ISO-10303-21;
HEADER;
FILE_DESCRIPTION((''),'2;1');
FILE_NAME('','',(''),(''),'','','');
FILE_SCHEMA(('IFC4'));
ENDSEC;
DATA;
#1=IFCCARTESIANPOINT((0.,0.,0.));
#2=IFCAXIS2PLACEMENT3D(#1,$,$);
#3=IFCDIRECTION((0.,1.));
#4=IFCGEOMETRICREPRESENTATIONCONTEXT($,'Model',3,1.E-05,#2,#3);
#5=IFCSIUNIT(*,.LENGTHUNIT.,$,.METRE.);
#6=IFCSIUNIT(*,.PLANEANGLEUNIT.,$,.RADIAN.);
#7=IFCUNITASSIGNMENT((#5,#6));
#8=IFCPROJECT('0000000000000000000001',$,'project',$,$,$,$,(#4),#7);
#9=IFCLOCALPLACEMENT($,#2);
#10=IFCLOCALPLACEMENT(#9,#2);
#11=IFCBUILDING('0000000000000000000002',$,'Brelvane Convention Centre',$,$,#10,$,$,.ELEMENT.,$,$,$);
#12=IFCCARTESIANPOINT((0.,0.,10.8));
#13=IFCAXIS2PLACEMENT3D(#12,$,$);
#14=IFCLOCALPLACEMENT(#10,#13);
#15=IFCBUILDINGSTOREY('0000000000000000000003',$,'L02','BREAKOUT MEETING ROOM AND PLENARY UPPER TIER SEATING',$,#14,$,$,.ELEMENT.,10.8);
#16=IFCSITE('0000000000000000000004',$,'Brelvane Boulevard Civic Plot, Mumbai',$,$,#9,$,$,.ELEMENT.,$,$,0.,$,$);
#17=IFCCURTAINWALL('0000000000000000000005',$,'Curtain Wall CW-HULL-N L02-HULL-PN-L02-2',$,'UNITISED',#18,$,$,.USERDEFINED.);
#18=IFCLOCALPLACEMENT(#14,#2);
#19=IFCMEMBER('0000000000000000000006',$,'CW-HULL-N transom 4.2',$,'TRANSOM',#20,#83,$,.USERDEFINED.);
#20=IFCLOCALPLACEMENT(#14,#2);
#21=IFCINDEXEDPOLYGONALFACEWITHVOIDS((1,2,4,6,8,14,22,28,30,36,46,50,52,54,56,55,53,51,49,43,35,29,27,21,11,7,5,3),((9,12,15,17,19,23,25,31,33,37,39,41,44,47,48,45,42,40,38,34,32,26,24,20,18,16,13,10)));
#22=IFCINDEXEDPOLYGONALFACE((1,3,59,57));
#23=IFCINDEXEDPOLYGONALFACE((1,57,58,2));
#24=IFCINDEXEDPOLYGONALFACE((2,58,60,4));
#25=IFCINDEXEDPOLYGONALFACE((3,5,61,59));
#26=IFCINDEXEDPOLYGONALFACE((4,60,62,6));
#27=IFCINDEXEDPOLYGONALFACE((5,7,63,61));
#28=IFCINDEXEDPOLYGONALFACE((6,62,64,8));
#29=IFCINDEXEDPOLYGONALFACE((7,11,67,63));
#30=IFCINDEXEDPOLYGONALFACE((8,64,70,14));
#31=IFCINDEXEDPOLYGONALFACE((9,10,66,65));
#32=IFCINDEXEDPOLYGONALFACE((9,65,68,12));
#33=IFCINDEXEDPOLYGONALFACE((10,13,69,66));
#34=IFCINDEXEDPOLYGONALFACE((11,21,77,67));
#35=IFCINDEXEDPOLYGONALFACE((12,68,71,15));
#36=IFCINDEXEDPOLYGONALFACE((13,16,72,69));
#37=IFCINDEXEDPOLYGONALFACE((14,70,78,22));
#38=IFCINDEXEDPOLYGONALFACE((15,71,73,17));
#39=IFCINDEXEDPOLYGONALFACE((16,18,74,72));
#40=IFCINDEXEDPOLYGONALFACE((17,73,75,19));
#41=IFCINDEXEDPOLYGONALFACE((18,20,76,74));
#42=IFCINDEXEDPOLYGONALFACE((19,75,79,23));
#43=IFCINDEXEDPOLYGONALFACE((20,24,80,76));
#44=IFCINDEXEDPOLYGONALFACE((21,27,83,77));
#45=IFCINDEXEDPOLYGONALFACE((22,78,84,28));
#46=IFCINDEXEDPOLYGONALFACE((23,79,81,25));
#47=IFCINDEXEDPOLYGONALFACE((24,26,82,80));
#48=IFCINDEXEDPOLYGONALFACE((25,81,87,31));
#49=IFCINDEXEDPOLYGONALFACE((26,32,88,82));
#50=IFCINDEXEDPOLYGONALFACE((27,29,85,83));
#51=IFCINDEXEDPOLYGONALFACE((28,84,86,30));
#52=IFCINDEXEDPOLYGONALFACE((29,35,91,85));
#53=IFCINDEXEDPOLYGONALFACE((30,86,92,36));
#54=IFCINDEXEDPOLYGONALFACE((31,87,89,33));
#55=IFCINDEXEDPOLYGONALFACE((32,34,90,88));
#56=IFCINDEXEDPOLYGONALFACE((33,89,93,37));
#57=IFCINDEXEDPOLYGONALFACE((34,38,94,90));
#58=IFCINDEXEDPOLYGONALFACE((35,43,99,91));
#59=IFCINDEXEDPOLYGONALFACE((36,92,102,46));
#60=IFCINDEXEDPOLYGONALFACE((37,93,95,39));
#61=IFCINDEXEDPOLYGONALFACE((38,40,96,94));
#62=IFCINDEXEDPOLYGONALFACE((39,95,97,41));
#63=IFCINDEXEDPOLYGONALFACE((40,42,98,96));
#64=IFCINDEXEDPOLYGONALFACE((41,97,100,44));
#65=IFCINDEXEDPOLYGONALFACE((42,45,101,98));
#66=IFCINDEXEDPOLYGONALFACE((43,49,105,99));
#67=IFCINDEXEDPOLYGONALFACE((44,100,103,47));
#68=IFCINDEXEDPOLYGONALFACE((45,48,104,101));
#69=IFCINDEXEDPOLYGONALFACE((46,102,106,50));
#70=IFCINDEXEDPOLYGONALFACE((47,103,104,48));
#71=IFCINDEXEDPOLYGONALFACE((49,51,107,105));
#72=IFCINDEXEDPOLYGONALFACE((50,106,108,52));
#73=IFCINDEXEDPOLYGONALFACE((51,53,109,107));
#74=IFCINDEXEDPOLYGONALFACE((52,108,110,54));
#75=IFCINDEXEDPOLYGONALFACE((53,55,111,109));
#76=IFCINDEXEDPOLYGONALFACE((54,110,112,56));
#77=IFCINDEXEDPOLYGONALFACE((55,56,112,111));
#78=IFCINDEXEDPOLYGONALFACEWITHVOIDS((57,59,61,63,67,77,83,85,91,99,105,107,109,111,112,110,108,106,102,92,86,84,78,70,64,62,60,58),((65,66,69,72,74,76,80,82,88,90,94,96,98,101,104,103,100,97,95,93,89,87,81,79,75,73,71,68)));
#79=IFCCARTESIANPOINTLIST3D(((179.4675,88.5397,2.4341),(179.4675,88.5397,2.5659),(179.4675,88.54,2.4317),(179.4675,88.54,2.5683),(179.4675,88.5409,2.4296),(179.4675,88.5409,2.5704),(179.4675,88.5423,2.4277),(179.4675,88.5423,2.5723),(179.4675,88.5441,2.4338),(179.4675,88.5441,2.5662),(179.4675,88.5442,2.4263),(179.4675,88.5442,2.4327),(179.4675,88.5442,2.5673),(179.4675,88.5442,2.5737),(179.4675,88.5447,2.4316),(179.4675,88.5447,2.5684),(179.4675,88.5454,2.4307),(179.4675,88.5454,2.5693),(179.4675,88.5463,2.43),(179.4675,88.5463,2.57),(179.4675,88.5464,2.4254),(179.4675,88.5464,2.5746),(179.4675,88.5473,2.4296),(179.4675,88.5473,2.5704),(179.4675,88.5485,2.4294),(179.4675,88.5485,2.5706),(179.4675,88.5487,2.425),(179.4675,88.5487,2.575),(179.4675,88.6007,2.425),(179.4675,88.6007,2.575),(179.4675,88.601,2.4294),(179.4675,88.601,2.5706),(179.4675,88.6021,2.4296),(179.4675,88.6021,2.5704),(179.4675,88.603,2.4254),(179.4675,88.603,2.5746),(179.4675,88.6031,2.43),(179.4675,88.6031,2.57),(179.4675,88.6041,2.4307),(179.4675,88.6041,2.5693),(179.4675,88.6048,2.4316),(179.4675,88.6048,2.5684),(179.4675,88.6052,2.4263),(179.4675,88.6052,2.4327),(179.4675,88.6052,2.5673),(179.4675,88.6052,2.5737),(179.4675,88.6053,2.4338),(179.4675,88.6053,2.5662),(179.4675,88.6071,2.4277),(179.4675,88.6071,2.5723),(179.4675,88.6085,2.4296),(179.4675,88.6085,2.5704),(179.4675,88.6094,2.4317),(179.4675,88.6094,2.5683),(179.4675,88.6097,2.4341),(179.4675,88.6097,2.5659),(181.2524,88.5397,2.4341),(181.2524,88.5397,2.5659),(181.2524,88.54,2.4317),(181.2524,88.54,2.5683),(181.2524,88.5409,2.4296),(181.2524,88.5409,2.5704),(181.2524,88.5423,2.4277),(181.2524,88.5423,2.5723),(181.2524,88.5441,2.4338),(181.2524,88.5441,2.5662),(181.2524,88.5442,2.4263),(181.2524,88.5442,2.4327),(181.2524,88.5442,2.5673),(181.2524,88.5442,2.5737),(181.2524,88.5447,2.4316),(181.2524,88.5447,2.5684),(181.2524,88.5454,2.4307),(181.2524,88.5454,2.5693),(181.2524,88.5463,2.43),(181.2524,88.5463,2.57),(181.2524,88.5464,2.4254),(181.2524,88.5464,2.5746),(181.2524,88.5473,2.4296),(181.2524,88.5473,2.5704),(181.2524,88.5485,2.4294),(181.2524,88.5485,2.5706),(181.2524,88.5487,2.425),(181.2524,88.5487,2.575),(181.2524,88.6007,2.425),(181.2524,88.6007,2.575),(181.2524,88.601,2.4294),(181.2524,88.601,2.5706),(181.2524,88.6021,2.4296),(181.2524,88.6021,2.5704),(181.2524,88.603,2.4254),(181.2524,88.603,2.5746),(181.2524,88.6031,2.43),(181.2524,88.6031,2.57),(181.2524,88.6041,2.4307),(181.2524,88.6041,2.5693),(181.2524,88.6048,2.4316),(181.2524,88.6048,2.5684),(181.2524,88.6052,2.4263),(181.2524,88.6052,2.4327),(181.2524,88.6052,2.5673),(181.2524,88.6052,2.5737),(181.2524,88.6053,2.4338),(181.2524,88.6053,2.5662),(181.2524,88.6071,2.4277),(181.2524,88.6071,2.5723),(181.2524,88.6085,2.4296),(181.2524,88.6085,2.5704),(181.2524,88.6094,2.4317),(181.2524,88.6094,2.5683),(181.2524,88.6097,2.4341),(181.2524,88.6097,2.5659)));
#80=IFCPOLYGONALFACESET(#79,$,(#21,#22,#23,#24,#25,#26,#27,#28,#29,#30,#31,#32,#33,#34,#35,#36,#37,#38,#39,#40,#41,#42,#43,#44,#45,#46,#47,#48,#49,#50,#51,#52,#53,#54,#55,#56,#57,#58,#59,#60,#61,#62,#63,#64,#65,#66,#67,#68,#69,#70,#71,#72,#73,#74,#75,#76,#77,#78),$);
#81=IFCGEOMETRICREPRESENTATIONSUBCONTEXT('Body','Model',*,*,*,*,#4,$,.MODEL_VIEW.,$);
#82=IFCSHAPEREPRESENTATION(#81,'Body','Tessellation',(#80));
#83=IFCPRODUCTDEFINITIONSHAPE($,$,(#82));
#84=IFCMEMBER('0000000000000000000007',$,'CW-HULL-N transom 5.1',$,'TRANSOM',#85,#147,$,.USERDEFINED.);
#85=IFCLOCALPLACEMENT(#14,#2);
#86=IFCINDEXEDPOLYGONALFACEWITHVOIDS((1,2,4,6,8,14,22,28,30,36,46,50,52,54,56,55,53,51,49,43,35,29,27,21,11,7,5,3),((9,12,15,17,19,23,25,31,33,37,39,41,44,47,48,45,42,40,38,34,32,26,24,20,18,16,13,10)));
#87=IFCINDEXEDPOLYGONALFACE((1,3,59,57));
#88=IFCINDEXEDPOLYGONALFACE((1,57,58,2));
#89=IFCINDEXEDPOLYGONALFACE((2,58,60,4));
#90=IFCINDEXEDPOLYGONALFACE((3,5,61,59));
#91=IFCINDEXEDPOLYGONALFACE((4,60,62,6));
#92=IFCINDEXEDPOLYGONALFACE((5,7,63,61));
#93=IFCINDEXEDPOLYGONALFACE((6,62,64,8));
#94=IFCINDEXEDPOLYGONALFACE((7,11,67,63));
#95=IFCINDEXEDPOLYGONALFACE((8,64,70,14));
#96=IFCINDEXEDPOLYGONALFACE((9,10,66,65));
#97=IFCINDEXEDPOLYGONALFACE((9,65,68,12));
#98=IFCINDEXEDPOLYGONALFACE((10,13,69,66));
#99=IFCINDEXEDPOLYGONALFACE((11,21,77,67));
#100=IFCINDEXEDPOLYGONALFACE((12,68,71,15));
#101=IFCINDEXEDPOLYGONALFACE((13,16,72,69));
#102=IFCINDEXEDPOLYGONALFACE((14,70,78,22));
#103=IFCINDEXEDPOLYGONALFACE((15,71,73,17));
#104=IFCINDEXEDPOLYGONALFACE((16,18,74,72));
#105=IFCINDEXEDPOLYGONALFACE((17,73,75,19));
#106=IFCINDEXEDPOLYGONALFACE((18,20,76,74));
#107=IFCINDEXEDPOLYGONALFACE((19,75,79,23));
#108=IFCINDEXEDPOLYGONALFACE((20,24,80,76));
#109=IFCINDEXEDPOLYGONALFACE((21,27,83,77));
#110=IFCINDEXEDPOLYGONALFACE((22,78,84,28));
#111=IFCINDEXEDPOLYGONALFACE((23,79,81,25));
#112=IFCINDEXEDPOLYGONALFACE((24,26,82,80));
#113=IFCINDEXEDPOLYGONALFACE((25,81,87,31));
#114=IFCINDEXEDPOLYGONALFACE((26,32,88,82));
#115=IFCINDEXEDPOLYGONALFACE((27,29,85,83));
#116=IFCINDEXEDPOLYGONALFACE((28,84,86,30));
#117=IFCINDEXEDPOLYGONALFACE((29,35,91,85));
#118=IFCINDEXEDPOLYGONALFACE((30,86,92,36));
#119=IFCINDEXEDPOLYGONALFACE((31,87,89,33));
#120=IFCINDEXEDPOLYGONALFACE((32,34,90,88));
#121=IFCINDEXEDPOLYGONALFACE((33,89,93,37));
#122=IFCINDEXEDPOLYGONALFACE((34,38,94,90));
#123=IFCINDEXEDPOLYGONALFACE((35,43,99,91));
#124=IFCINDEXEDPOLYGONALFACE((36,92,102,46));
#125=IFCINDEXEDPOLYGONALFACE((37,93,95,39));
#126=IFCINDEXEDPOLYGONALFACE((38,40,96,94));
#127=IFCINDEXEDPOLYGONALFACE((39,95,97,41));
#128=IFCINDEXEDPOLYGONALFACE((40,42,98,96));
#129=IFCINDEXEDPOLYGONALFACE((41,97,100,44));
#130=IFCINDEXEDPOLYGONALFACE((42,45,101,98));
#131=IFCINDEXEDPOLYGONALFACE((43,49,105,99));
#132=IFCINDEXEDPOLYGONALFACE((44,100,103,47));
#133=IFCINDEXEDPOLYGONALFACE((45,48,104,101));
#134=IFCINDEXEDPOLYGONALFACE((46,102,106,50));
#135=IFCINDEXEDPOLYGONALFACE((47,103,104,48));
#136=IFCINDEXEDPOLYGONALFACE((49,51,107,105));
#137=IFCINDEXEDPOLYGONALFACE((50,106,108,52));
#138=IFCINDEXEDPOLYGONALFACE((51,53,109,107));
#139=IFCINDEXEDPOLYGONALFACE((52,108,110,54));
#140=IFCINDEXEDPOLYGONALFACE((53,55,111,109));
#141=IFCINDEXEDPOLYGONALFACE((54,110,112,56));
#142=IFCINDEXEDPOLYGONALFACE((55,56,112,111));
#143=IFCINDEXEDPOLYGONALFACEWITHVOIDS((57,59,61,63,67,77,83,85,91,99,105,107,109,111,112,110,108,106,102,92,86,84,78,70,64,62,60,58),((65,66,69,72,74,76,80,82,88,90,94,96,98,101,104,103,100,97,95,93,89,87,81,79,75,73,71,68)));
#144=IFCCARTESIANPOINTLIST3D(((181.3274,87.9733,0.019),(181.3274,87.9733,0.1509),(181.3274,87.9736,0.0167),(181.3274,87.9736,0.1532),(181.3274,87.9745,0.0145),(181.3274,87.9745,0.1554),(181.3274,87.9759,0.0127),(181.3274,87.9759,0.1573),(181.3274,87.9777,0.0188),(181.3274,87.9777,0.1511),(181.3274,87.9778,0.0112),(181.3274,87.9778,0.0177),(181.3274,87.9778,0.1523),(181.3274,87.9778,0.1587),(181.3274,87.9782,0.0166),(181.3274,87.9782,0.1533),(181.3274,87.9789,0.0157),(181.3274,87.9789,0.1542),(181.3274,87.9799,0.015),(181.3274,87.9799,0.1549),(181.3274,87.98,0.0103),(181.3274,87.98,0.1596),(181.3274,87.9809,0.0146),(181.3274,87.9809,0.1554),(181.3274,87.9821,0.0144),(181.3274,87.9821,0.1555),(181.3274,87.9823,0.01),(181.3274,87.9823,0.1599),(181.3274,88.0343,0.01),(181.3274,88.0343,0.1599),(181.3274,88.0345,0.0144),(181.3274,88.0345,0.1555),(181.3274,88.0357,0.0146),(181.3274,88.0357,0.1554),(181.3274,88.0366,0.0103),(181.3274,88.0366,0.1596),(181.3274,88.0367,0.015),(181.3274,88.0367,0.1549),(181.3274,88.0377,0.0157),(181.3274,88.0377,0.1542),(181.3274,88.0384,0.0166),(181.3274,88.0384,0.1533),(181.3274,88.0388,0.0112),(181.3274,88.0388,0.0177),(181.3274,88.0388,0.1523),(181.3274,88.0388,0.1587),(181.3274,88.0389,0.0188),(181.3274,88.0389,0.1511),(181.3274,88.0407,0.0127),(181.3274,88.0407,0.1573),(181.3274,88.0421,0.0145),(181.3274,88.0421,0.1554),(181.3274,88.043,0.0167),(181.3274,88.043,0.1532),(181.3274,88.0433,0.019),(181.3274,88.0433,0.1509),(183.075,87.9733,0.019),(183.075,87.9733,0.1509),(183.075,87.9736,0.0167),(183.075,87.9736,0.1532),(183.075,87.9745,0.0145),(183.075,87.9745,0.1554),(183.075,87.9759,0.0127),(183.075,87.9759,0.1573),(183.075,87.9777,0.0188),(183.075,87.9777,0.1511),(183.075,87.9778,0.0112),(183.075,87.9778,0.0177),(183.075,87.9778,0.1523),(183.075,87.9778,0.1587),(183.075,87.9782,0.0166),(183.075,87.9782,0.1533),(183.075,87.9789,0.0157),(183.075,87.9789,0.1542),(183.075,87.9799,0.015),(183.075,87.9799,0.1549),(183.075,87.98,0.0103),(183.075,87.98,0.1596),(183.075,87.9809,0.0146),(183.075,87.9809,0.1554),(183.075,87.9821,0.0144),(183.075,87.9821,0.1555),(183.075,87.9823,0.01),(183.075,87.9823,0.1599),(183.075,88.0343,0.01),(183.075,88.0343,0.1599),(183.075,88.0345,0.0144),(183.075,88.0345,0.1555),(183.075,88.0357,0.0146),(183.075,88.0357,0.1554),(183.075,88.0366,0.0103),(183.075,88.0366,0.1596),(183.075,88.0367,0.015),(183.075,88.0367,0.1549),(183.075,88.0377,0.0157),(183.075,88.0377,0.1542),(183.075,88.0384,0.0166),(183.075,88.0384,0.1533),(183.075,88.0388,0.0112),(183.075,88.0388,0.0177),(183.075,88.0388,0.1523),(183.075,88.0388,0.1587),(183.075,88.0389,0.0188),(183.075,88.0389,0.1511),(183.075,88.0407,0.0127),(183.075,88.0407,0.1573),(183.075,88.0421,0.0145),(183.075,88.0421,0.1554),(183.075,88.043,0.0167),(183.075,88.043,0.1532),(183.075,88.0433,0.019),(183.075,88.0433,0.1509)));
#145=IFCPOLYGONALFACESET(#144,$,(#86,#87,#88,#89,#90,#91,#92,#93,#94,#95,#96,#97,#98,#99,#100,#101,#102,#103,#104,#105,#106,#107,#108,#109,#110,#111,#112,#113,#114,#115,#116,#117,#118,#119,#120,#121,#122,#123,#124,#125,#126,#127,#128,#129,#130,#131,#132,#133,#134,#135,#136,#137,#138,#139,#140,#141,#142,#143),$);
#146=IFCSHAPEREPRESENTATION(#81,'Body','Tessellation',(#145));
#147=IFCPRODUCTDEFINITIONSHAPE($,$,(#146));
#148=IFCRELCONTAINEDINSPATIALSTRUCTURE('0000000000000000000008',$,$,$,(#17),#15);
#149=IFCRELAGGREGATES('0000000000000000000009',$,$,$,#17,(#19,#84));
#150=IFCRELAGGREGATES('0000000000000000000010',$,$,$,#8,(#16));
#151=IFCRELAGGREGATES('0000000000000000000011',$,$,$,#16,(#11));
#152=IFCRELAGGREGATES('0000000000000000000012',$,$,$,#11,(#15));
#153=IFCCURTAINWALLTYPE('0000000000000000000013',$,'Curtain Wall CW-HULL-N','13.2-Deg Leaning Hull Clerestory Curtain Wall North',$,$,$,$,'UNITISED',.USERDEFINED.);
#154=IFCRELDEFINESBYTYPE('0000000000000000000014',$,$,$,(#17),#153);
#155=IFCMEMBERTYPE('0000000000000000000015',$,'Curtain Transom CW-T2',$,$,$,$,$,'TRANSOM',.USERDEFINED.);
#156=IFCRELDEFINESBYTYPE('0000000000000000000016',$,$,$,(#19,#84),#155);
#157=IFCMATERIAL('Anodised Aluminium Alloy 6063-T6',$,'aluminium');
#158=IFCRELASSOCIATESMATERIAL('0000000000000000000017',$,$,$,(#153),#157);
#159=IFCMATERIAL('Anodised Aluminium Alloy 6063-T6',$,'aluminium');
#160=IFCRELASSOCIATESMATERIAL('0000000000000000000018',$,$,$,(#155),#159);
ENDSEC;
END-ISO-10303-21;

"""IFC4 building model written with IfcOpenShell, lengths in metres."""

from ifc_helpers import new_model, si_unit, direction, frame, origin, origin_2d, place, context, subcontext, project, spatial, hollow_rectangle, extrude, material, material_profile, profile_set, type_object, element, aggregate, save


model = new_model("IFC4")

# Units and contexts
model_context = context("Model", 3, precision=1e-05, world=origin(), true_north=direction((0.0, 1.0)))
body_context = subcontext(model_context, "Body", "Model", "MODEL_VIEW")
ifc_project = project(units=[si_unit("LENGTHUNIT", "METRE"), si_unit("PLANEANGLEUNIT", "RADIAN")], contexts=[model_context])

# Site, building, storey
site_placement = place(None, origin())
site = spatial("IfcSite", under=ifc_project, at=site_placement, Name="Brelvane Boulevard Civic Plot, Mumbai", CompositionType="ELEMENT", RefElevation=0.0)
building_placement = place(site_placement, origin())
building = spatial("IfcBuilding", under=site, at=building_placement, Name="Brelvane Convention Centre", CompositionType="ELEMENT")
storey_placement = place(building_placement, frame((0.0, 0.0, 10.8)))
storey = spatial("IfcBuildingStorey", under=building, at=storey_placement, Name="L02", Description="BREAKOUT MEETING ROOM AND PLENARY UPPER TIER SEATING", CompositionType="ELEMENT", Elevation=10.8)

# Curtain wall
ifc_material_1 = material(Name="Anodised Aluminium Alloy 6063-T6", Category="aluminium")
curtain_wall_type = type_object("IfcCurtainWallType", Name="Curtain Wall CW-HULL-N", Description="13.2-Deg Leaning Hull Clerestory Curtain Wall North", ElementType="UNITISED", PredefinedType="USERDEFINED", material=ifc_material_1)
curtain_wall_1_placement = place(storey_placement, origin())
curtain_wall_1 = element("IfcCurtainWall", 1, at=curtain_wall_1_placement, inside=storey, type_object=curtain_wall_type, Name="Curtain Wall CW-HULL-N L02-HULL-PN-L02-2", ObjectType="UNITISED", PredefinedType="USERDEFINED")

# Members
ifc_material_2 = material(Name="Anodised Aluminium Alloy 6063-T6", Category="aluminium")
ifc_material_profile_1 = material_profile(ifc_material_2, hollow_rectangle(XDim=0.0701, YDim=0.1499, WallThickness=0.0044, InnerFilletRadius=0.0044, OuterFilletRadius=0.009, at=origin_2d()), Name="ALU-T 150x70x4.5")
ifc_profile_set_1 = profile_set([ifc_material_profile_1], Name="Anodised Aluminium Alloy 6063-T6")
member_type_1 = type_object("IfcMemberType", Name="Curtain Transom CW-T2", ElementType="TRANSOM", PredefinedType="USERDEFINED", material=ifc_profile_set_1)
member_1_placement = place(storey_placement, frame((179.4675, 88.5747, 2.5), z_axis=(1.0, 0.0, 0.0), x_axis=(0.0, 1.0, 0.0)))
member_1 = element("IfcMember", 2, at=member_1_placement, type_object=member_type_1, Name="CW-HULL-N transom 4.2", ObjectType="TRANSOM", PredefinedType="USERDEFINED", context=body_context, shape_type="SweptSolid", body=[
    extrude(hollow_rectangle(XDim=0.0701, YDim=0.1499, WallThickness=0.0044, InnerFilletRadius=0.0044, OuterFilletRadius=0.009, at=origin_2d()), origin(), (0.0, 0.0, 1.0), 1.7849),
])
member_2_placement = place(storey_placement, frame((181.3274, 88.0083, 0.085), z_axis=(1.0, 0.0, 0.0), x_axis=(0.0, 1.0, 0.0)))
member_2 = element("IfcMember", 3, at=member_2_placement, type_object=member_type_1, Name="CW-HULL-N transom 5.1", ObjectType="TRANSOM", PredefinedType="USERDEFINED", context=body_context, shape_type="SweptSolid", body=[
    extrude(hollow_rectangle(XDim=0.0701, YDim=0.1499, WallThickness=0.0044, InnerFilletRadius=0.0044, OuterFilletRadius=0.009, at=origin_2d()), origin(), (0.0, 0.0, 1.0), 1.7476),
])

aggregate(curtain_wall_1, [member_1, member_2])

save(model, "model.ifc")
